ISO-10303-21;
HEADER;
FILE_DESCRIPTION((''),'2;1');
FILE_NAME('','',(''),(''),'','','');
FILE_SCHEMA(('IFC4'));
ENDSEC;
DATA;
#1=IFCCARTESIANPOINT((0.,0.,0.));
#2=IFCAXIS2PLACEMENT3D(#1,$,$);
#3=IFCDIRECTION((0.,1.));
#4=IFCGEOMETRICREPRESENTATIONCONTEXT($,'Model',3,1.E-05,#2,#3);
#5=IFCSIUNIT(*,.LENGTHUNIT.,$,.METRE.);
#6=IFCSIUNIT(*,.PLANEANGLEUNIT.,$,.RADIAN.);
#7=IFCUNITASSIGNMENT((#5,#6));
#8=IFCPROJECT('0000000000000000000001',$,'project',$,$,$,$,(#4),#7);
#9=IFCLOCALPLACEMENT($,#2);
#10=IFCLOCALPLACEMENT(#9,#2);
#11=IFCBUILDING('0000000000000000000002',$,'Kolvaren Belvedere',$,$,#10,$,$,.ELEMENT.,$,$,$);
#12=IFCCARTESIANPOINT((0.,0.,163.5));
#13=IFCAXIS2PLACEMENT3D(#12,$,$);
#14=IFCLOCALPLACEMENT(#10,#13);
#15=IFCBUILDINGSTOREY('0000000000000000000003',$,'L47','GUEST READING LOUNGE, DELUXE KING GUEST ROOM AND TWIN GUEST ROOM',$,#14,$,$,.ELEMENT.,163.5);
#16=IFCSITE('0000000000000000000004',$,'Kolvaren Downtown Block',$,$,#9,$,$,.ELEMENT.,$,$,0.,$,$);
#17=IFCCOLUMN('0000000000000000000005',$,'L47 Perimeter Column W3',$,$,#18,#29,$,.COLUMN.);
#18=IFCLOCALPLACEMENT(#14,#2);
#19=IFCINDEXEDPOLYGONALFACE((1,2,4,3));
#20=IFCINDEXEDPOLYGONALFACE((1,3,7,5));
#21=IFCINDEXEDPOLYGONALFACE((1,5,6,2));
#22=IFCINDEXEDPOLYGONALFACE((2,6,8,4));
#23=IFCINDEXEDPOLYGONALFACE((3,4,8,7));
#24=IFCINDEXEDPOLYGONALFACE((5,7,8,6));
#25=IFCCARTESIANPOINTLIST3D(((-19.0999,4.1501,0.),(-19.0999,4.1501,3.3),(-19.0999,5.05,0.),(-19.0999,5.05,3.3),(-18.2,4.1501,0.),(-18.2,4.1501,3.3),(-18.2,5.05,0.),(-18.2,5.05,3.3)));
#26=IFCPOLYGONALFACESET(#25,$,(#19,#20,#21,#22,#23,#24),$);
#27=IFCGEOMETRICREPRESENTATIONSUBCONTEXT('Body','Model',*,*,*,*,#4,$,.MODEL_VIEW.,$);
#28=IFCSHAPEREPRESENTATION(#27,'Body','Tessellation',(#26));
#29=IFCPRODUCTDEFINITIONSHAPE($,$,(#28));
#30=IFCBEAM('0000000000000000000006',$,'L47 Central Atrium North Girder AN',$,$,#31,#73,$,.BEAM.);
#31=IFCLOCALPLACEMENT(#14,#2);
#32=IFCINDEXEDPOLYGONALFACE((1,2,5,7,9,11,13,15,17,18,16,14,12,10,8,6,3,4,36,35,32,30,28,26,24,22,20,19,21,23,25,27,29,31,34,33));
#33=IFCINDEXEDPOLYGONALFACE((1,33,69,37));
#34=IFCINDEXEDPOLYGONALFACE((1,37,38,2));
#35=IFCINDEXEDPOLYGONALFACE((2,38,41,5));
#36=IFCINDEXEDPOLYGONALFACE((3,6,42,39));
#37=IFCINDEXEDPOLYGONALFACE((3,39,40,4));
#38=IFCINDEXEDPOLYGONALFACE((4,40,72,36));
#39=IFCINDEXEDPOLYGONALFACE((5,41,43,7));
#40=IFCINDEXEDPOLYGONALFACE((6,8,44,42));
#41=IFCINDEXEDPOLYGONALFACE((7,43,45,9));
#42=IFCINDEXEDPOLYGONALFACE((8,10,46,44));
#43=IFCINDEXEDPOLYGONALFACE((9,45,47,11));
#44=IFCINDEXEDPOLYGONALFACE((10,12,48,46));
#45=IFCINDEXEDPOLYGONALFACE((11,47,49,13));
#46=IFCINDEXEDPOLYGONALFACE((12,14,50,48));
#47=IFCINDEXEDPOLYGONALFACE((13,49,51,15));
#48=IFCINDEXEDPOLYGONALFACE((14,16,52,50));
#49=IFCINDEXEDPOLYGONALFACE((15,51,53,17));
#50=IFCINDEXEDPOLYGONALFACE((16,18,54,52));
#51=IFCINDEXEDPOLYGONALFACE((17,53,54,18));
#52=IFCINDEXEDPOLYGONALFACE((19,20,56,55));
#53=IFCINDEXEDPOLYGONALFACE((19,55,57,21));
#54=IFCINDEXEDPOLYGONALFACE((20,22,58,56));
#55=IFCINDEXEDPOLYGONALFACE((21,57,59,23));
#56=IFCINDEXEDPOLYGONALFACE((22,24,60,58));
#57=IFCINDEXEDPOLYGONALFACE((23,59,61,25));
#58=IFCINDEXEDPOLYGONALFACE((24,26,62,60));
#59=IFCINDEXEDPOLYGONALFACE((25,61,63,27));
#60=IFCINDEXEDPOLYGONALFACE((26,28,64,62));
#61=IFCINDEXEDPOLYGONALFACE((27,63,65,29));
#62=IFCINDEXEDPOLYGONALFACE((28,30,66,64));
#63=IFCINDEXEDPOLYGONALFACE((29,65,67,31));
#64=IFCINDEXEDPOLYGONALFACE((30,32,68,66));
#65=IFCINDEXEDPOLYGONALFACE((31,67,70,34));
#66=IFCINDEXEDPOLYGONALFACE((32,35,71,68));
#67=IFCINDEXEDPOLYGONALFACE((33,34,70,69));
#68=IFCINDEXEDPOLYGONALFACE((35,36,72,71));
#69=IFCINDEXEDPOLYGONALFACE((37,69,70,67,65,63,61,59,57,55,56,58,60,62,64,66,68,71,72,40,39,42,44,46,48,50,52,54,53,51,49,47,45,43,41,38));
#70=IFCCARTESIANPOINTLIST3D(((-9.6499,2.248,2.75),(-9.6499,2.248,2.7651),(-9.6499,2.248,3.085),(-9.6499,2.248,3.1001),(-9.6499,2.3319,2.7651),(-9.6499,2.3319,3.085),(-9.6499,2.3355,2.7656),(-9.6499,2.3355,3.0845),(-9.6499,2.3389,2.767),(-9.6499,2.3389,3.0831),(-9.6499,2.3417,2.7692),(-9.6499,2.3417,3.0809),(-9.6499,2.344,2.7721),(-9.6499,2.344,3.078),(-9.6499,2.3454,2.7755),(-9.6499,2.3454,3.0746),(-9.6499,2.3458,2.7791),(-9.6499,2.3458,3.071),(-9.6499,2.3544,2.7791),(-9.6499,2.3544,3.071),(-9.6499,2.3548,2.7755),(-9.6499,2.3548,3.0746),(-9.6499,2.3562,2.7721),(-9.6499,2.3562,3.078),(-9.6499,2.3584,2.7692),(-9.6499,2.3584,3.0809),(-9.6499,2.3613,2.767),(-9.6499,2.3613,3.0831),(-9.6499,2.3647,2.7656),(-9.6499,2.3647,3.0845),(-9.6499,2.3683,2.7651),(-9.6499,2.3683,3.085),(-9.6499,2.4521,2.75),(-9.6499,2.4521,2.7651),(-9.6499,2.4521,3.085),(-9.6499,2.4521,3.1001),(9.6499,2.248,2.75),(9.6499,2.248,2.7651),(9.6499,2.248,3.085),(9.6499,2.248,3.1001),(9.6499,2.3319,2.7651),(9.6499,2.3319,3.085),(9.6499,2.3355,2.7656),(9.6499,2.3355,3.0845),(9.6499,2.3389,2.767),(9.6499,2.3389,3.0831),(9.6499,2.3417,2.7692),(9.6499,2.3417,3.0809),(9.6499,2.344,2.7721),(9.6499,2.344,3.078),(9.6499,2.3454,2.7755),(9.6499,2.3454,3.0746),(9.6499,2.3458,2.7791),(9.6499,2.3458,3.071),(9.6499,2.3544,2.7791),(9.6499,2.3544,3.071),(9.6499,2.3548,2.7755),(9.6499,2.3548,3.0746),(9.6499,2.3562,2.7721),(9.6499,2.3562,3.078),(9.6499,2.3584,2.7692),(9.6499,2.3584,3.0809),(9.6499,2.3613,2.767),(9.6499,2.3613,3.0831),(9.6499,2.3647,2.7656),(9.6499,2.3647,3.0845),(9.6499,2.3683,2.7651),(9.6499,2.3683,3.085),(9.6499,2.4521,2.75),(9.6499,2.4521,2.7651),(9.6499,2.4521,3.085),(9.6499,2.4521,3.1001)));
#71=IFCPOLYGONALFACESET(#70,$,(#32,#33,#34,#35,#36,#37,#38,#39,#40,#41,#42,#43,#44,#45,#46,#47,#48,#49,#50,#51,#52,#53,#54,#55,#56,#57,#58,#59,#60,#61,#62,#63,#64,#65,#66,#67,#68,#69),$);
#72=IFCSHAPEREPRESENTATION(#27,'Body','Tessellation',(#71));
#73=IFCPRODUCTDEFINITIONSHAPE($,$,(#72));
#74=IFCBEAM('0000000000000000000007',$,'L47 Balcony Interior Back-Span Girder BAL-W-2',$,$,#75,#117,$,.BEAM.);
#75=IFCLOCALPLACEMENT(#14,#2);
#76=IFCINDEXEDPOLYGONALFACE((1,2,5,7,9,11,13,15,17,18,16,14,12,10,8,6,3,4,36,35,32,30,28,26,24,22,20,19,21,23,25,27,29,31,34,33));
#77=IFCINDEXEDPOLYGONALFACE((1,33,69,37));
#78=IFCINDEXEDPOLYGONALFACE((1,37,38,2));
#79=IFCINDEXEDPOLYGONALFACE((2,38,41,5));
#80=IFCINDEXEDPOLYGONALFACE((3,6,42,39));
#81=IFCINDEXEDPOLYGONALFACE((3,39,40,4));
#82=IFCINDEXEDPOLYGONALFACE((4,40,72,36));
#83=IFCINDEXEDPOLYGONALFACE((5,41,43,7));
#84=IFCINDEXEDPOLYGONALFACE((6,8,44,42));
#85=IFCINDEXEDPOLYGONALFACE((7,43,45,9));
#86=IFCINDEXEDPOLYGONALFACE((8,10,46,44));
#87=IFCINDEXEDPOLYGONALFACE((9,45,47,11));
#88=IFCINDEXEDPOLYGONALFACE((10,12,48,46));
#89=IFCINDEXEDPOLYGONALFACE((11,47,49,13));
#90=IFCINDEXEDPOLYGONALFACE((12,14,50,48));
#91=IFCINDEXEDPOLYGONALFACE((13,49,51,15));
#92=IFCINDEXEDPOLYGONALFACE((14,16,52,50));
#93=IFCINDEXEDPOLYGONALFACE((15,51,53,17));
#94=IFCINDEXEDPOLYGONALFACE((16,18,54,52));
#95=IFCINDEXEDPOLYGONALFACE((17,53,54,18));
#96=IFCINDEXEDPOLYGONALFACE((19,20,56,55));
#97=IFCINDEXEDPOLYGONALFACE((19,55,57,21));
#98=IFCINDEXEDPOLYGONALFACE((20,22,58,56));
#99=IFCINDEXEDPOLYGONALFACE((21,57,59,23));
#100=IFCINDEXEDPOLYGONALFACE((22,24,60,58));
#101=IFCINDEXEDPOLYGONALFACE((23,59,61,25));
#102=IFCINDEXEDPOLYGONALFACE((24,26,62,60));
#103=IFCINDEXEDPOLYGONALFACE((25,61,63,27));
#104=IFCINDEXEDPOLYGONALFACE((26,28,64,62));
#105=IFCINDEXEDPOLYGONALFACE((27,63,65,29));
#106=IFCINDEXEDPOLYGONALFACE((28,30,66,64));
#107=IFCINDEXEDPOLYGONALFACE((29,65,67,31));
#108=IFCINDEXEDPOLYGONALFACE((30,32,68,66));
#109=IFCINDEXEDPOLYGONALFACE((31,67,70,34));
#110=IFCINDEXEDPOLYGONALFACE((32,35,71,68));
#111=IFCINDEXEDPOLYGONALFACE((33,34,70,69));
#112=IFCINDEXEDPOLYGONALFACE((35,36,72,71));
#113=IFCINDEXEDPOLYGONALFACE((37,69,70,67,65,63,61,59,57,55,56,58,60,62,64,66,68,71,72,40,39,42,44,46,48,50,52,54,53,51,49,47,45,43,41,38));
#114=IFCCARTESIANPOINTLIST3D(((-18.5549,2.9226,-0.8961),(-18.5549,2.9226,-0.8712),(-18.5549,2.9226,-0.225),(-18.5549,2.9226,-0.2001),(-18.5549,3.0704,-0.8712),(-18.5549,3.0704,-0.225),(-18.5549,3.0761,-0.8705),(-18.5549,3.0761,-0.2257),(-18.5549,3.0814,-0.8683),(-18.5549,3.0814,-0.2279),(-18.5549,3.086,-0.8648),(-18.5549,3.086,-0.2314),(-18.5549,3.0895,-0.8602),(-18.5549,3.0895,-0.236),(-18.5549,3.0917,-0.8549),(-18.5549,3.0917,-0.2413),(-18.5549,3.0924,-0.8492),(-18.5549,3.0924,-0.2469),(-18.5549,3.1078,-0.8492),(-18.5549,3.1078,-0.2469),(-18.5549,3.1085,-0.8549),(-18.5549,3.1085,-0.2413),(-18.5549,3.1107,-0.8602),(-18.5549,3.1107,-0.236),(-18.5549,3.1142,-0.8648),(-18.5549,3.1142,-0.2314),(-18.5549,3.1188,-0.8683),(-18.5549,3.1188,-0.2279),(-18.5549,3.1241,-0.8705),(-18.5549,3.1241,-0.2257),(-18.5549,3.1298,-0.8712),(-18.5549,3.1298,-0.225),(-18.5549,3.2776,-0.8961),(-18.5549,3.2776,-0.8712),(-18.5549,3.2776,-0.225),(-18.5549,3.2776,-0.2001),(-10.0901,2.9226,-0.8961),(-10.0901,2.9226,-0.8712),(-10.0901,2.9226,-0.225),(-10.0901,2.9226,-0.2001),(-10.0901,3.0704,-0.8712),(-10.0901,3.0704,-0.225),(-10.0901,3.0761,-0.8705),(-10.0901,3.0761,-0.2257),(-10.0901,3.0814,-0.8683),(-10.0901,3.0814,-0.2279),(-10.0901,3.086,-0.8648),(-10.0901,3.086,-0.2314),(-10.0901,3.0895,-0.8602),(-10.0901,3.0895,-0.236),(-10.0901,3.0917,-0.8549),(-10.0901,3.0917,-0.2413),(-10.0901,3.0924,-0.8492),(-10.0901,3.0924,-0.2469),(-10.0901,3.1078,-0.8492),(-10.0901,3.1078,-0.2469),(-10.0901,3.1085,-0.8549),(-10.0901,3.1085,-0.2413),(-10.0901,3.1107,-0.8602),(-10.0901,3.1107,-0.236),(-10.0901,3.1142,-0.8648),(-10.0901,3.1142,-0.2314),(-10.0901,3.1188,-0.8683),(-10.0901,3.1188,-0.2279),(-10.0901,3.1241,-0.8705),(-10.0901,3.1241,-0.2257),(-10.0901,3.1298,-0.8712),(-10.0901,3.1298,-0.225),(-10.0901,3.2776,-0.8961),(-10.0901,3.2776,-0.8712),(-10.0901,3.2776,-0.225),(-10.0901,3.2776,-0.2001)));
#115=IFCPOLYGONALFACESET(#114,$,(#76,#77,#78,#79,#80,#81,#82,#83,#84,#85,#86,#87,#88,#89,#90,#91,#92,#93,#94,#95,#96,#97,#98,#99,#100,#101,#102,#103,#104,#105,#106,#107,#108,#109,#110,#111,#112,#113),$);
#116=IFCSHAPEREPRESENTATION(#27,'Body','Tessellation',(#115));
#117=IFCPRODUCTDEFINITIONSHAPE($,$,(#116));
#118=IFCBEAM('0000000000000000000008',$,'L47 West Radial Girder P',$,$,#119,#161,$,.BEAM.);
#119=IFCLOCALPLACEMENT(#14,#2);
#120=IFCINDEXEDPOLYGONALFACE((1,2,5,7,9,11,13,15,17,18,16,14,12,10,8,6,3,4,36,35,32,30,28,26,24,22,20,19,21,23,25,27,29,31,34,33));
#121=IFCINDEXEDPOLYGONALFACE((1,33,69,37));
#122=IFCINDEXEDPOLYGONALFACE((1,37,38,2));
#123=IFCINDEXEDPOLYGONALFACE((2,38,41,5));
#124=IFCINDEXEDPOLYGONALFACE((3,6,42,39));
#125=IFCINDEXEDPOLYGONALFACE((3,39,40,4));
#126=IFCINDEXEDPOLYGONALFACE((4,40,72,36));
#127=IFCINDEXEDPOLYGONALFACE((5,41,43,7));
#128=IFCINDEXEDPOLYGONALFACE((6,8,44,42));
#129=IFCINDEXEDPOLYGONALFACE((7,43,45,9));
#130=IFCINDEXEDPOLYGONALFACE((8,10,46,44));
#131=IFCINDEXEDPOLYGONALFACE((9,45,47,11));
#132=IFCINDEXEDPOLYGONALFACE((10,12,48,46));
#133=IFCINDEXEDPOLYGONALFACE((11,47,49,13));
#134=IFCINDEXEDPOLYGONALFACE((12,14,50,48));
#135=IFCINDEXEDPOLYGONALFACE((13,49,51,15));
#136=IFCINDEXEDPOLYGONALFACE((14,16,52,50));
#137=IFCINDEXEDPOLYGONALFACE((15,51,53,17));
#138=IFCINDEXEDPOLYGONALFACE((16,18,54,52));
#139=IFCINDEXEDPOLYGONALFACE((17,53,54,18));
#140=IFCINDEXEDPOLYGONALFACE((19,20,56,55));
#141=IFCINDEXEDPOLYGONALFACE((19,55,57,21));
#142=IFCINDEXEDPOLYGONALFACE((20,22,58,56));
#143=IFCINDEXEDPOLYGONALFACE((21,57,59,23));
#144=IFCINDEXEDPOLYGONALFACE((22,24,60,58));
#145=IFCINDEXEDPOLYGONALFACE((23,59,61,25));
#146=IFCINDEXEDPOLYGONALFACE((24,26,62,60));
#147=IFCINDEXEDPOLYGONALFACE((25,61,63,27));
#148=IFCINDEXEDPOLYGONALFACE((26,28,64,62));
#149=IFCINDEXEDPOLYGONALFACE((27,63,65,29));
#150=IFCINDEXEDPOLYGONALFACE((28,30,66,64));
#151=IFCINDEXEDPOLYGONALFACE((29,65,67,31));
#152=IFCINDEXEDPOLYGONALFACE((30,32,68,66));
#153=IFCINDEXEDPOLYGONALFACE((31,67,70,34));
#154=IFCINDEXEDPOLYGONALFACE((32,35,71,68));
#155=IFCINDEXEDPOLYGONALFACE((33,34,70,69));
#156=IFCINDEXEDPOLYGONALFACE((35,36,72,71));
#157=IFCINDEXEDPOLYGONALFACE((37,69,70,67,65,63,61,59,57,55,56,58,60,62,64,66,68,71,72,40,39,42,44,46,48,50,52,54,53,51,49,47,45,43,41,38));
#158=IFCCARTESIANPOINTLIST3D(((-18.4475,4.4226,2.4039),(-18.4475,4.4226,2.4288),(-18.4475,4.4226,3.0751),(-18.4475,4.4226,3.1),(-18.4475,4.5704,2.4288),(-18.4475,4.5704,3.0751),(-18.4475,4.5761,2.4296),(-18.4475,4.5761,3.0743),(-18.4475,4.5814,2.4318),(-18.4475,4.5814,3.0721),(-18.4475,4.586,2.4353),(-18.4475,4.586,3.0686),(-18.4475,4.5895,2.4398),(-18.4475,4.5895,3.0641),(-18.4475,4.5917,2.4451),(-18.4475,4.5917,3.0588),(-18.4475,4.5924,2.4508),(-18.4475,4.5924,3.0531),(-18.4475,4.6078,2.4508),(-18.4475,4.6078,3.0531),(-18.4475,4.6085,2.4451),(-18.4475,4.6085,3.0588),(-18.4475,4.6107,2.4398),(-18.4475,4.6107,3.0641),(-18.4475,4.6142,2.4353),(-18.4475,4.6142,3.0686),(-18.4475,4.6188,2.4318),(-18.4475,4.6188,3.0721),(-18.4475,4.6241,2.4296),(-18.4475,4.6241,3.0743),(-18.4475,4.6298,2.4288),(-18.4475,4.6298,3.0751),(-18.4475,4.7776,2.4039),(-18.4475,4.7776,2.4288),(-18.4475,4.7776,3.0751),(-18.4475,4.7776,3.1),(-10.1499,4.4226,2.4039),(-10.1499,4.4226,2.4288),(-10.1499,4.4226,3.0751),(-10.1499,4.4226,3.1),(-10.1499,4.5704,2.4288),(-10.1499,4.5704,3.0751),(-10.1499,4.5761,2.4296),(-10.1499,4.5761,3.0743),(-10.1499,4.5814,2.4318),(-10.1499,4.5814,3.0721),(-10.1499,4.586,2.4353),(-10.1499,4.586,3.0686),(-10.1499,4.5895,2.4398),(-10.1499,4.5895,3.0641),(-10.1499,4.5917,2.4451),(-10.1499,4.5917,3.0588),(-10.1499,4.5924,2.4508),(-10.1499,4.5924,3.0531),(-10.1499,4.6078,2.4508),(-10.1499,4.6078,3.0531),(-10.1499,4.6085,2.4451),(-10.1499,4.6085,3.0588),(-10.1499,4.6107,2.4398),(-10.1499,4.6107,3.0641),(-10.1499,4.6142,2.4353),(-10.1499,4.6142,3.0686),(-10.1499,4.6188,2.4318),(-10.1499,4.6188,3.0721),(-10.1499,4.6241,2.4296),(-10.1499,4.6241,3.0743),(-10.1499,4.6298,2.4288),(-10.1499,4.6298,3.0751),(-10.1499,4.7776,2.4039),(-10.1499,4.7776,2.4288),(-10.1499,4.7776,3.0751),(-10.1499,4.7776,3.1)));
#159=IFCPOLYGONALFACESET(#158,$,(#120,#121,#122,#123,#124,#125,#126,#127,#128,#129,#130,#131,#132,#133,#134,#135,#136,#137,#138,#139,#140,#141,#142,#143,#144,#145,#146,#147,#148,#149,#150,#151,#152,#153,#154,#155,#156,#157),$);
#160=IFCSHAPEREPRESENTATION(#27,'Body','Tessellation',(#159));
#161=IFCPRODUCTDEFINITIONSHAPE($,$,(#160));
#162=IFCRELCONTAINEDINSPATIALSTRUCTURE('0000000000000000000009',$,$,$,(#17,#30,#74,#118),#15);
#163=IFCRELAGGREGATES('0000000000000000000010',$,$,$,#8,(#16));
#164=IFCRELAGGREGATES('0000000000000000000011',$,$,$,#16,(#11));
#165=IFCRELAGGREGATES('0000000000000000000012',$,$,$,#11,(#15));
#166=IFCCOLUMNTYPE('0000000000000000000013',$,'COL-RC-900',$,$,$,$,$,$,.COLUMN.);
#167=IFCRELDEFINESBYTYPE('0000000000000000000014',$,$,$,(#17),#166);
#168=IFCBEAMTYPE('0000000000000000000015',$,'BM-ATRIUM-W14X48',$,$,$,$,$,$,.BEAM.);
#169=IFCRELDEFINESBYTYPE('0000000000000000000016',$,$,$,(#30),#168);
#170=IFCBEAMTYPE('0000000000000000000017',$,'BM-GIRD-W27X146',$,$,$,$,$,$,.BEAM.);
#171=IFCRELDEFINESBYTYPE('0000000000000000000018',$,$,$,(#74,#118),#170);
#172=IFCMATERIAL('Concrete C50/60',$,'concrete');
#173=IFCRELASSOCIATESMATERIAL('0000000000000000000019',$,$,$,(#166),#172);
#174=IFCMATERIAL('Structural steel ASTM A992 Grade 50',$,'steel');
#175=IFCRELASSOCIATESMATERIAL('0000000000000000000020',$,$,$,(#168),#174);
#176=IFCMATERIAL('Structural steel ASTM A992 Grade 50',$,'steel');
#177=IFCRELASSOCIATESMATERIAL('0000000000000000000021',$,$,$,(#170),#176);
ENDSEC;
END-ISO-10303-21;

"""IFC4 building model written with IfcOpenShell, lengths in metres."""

from ifc_helpers import new_model, si_unit, direction, frame, origin, origin_2d, place, context, subcontext, project, spatial, rectangle, i_section, extrude, material, material_profile, profile_set, type_object, element, save


model = new_model("IFC4")

# Units and contexts
model_context = context("Model", 3, precision=1e-05, world=origin(), true_north=direction((0.0, 1.0)))
body_context = subcontext(model_context, "Body", "Model", "MODEL_VIEW")
ifc_project = project(units=[si_unit("LENGTHUNIT", "METRE"), si_unit("PLANEANGLEUNIT", "RADIAN")], contexts=[model_context])

# Site, building, storey
site_placement = place(None, origin())
site = spatial("IfcSite", under=ifc_project, at=site_placement, Name="Kolvaren Downtown Block", CompositionType="ELEMENT", RefElevation=0.0)
building_placement = place(site_placement, origin())
building = spatial("IfcBuilding", under=site, at=building_placement, Name="Kolvaren Belvedere", CompositionType="ELEMENT")
storey_placement = place(building_placement, frame((0.0, 0.0, 163.5)))
storey = spatial("IfcBuildingStorey", under=building, at=storey_placement, Name="L47", Description="GUEST READING LOUNGE, DELUXE KING GUEST ROOM AND TWIN GUEST ROOM", CompositionType="ELEMENT", Elevation=163.5)

# Column
ifc_material_1 = material(Name="Concrete C50/60", Category="concrete")
ifc_material_profile_1 = material_profile(ifc_material_1, rectangle(XDim=0.8999, YDim=0.8999, at=origin_2d()), Name="RC 900X900")
ifc_profile_set_1 = profile_set([ifc_material_profile_1], Name="Concrete C50/60")
column_type = type_object("IfcColumnType", Name="COL-RC-900", PredefinedType="COLUMN", material=ifc_profile_set_1)
column_placement = place(storey_placement, frame((-18.6499, 4.6001, 0.0), z_axis=(0.0, 0.0, 1.0), x_axis=(1.0, 0.0, 0.0)))
element("IfcColumn", 1, at=column_placement, inside=storey, type_object=column_type, Name="L47 Perimeter Column W3", PredefinedType="COLUMN", context=body_context, shape_type="SweptSolid", body=[
    extrude(rectangle(XDim=0.8999, YDim=0.8999, at=origin_2d()), origin(), (0.0, 0.0, 1.0), 3.3),
])

# Beams
ifc_material_2 = material(Name="Structural steel ASTM A992 Grade 50", Category="steel")
ifc_material_profile_2 = material_profile(ifc_material_2, i_section(OverallWidth=0.2041, OverallDepth=0.3501, WebThickness=0.0085, FlangeThickness=0.0151, FilletRadius=0.0139, at=origin_2d()), Name="W14X48")
ifc_profile_set_2 = profile_set([ifc_material_profile_2], Name="Structural steel ASTM A992 Grade 50")
beam_type_1 = type_object("IfcBeamType", Name="BM-ATRIUM-W14X48", PredefinedType="BEAM", material=ifc_profile_set_2)
beam_1_placement = place(storey_placement, frame((-9.6499, 2.3501, 2.925), z_axis=(1.0, 0.0, 0.0), x_axis=(0.0, 1.0, 0.0)))
element("IfcBeam", 2, at=beam_1_placement, inside=storey, type_object=beam_type_1, Name="L47 Central Atrium North Girder AN", PredefinedType="BEAM", context=body_context, shape_type="SweptSolid", body=[
    extrude(i_section(OverallWidth=0.2041, OverallDepth=0.3501, WebThickness=0.0085, FlangeThickness=0.0151, FilletRadius=0.0139, at=origin_2d()), origin(), (0.0, 0.0, 1.0), 19.2998),
])
ifc_material_3 = material(Name="Structural steel ASTM A992 Grade 50", Category="steel")
ifc_material_profile_3 = material_profile(ifc_material_3, i_section(OverallWidth=0.355, OverallDepth=0.696, WebThickness=0.0154, FlangeThickness=0.0249, FilletRadius=0.022, at=origin_2d()), Name="W27X146")
ifc_profile_set_3 = profile_set([ifc_material_profile_3], Name="Structural steel ASTM A992 Grade 50")
beam_type_2 = type_object("IfcBeamType", Name="BM-GIRD-W27X146", PredefinedType="BEAM", material=ifc_profile_set_3)
beam_2_placement = place(storey_placement, frame((-10.0901, 3.1001, -0.5481), z_axis=(-1.0, 0.0, 0.0), x_axis=(0.0, -1.0, 0.0)))
element("IfcBeam", 3, at=beam_2_placement, inside=storey, type_object=beam_type_2, Name="L47 Balcony Interior Back-Span Girder BAL-W-2", PredefinedType="BEAM", context=body_context, shape_type="SweptSolid", body=[
    extrude(i_section(OverallWidth=0.355, OverallDepth=0.696, WebThickness=0.0154, FlangeThickness=0.0249, FilletRadius=0.022, at=origin_2d()), origin(), (0.0, 0.0, 1.0), 8.4648),
])
beam_3_placement = place(storey_placement, frame((-10.1499, 4.6001, 2.752), z_axis=(-1.0, 0.0, 0.0), x_axis=(0.0, -1.0, 0.0)))
element("IfcBeam", 4, at=beam_3_placement, inside=storey, type_object=beam_type_2, Name="L47 West Radial Girder P", PredefinedType="BEAM", context=body_context, shape_type="SweptSolid", body=[
    extrude(i_section(OverallWidth=0.355, OverallDepth=0.696, WebThickness=0.0154, FlangeThickness=0.0249, FilletRadius=0.022, at=origin_2d()), origin(), (0.0, 0.0, 1.0), 8.2976),
])

save(model, "model.ifc")
